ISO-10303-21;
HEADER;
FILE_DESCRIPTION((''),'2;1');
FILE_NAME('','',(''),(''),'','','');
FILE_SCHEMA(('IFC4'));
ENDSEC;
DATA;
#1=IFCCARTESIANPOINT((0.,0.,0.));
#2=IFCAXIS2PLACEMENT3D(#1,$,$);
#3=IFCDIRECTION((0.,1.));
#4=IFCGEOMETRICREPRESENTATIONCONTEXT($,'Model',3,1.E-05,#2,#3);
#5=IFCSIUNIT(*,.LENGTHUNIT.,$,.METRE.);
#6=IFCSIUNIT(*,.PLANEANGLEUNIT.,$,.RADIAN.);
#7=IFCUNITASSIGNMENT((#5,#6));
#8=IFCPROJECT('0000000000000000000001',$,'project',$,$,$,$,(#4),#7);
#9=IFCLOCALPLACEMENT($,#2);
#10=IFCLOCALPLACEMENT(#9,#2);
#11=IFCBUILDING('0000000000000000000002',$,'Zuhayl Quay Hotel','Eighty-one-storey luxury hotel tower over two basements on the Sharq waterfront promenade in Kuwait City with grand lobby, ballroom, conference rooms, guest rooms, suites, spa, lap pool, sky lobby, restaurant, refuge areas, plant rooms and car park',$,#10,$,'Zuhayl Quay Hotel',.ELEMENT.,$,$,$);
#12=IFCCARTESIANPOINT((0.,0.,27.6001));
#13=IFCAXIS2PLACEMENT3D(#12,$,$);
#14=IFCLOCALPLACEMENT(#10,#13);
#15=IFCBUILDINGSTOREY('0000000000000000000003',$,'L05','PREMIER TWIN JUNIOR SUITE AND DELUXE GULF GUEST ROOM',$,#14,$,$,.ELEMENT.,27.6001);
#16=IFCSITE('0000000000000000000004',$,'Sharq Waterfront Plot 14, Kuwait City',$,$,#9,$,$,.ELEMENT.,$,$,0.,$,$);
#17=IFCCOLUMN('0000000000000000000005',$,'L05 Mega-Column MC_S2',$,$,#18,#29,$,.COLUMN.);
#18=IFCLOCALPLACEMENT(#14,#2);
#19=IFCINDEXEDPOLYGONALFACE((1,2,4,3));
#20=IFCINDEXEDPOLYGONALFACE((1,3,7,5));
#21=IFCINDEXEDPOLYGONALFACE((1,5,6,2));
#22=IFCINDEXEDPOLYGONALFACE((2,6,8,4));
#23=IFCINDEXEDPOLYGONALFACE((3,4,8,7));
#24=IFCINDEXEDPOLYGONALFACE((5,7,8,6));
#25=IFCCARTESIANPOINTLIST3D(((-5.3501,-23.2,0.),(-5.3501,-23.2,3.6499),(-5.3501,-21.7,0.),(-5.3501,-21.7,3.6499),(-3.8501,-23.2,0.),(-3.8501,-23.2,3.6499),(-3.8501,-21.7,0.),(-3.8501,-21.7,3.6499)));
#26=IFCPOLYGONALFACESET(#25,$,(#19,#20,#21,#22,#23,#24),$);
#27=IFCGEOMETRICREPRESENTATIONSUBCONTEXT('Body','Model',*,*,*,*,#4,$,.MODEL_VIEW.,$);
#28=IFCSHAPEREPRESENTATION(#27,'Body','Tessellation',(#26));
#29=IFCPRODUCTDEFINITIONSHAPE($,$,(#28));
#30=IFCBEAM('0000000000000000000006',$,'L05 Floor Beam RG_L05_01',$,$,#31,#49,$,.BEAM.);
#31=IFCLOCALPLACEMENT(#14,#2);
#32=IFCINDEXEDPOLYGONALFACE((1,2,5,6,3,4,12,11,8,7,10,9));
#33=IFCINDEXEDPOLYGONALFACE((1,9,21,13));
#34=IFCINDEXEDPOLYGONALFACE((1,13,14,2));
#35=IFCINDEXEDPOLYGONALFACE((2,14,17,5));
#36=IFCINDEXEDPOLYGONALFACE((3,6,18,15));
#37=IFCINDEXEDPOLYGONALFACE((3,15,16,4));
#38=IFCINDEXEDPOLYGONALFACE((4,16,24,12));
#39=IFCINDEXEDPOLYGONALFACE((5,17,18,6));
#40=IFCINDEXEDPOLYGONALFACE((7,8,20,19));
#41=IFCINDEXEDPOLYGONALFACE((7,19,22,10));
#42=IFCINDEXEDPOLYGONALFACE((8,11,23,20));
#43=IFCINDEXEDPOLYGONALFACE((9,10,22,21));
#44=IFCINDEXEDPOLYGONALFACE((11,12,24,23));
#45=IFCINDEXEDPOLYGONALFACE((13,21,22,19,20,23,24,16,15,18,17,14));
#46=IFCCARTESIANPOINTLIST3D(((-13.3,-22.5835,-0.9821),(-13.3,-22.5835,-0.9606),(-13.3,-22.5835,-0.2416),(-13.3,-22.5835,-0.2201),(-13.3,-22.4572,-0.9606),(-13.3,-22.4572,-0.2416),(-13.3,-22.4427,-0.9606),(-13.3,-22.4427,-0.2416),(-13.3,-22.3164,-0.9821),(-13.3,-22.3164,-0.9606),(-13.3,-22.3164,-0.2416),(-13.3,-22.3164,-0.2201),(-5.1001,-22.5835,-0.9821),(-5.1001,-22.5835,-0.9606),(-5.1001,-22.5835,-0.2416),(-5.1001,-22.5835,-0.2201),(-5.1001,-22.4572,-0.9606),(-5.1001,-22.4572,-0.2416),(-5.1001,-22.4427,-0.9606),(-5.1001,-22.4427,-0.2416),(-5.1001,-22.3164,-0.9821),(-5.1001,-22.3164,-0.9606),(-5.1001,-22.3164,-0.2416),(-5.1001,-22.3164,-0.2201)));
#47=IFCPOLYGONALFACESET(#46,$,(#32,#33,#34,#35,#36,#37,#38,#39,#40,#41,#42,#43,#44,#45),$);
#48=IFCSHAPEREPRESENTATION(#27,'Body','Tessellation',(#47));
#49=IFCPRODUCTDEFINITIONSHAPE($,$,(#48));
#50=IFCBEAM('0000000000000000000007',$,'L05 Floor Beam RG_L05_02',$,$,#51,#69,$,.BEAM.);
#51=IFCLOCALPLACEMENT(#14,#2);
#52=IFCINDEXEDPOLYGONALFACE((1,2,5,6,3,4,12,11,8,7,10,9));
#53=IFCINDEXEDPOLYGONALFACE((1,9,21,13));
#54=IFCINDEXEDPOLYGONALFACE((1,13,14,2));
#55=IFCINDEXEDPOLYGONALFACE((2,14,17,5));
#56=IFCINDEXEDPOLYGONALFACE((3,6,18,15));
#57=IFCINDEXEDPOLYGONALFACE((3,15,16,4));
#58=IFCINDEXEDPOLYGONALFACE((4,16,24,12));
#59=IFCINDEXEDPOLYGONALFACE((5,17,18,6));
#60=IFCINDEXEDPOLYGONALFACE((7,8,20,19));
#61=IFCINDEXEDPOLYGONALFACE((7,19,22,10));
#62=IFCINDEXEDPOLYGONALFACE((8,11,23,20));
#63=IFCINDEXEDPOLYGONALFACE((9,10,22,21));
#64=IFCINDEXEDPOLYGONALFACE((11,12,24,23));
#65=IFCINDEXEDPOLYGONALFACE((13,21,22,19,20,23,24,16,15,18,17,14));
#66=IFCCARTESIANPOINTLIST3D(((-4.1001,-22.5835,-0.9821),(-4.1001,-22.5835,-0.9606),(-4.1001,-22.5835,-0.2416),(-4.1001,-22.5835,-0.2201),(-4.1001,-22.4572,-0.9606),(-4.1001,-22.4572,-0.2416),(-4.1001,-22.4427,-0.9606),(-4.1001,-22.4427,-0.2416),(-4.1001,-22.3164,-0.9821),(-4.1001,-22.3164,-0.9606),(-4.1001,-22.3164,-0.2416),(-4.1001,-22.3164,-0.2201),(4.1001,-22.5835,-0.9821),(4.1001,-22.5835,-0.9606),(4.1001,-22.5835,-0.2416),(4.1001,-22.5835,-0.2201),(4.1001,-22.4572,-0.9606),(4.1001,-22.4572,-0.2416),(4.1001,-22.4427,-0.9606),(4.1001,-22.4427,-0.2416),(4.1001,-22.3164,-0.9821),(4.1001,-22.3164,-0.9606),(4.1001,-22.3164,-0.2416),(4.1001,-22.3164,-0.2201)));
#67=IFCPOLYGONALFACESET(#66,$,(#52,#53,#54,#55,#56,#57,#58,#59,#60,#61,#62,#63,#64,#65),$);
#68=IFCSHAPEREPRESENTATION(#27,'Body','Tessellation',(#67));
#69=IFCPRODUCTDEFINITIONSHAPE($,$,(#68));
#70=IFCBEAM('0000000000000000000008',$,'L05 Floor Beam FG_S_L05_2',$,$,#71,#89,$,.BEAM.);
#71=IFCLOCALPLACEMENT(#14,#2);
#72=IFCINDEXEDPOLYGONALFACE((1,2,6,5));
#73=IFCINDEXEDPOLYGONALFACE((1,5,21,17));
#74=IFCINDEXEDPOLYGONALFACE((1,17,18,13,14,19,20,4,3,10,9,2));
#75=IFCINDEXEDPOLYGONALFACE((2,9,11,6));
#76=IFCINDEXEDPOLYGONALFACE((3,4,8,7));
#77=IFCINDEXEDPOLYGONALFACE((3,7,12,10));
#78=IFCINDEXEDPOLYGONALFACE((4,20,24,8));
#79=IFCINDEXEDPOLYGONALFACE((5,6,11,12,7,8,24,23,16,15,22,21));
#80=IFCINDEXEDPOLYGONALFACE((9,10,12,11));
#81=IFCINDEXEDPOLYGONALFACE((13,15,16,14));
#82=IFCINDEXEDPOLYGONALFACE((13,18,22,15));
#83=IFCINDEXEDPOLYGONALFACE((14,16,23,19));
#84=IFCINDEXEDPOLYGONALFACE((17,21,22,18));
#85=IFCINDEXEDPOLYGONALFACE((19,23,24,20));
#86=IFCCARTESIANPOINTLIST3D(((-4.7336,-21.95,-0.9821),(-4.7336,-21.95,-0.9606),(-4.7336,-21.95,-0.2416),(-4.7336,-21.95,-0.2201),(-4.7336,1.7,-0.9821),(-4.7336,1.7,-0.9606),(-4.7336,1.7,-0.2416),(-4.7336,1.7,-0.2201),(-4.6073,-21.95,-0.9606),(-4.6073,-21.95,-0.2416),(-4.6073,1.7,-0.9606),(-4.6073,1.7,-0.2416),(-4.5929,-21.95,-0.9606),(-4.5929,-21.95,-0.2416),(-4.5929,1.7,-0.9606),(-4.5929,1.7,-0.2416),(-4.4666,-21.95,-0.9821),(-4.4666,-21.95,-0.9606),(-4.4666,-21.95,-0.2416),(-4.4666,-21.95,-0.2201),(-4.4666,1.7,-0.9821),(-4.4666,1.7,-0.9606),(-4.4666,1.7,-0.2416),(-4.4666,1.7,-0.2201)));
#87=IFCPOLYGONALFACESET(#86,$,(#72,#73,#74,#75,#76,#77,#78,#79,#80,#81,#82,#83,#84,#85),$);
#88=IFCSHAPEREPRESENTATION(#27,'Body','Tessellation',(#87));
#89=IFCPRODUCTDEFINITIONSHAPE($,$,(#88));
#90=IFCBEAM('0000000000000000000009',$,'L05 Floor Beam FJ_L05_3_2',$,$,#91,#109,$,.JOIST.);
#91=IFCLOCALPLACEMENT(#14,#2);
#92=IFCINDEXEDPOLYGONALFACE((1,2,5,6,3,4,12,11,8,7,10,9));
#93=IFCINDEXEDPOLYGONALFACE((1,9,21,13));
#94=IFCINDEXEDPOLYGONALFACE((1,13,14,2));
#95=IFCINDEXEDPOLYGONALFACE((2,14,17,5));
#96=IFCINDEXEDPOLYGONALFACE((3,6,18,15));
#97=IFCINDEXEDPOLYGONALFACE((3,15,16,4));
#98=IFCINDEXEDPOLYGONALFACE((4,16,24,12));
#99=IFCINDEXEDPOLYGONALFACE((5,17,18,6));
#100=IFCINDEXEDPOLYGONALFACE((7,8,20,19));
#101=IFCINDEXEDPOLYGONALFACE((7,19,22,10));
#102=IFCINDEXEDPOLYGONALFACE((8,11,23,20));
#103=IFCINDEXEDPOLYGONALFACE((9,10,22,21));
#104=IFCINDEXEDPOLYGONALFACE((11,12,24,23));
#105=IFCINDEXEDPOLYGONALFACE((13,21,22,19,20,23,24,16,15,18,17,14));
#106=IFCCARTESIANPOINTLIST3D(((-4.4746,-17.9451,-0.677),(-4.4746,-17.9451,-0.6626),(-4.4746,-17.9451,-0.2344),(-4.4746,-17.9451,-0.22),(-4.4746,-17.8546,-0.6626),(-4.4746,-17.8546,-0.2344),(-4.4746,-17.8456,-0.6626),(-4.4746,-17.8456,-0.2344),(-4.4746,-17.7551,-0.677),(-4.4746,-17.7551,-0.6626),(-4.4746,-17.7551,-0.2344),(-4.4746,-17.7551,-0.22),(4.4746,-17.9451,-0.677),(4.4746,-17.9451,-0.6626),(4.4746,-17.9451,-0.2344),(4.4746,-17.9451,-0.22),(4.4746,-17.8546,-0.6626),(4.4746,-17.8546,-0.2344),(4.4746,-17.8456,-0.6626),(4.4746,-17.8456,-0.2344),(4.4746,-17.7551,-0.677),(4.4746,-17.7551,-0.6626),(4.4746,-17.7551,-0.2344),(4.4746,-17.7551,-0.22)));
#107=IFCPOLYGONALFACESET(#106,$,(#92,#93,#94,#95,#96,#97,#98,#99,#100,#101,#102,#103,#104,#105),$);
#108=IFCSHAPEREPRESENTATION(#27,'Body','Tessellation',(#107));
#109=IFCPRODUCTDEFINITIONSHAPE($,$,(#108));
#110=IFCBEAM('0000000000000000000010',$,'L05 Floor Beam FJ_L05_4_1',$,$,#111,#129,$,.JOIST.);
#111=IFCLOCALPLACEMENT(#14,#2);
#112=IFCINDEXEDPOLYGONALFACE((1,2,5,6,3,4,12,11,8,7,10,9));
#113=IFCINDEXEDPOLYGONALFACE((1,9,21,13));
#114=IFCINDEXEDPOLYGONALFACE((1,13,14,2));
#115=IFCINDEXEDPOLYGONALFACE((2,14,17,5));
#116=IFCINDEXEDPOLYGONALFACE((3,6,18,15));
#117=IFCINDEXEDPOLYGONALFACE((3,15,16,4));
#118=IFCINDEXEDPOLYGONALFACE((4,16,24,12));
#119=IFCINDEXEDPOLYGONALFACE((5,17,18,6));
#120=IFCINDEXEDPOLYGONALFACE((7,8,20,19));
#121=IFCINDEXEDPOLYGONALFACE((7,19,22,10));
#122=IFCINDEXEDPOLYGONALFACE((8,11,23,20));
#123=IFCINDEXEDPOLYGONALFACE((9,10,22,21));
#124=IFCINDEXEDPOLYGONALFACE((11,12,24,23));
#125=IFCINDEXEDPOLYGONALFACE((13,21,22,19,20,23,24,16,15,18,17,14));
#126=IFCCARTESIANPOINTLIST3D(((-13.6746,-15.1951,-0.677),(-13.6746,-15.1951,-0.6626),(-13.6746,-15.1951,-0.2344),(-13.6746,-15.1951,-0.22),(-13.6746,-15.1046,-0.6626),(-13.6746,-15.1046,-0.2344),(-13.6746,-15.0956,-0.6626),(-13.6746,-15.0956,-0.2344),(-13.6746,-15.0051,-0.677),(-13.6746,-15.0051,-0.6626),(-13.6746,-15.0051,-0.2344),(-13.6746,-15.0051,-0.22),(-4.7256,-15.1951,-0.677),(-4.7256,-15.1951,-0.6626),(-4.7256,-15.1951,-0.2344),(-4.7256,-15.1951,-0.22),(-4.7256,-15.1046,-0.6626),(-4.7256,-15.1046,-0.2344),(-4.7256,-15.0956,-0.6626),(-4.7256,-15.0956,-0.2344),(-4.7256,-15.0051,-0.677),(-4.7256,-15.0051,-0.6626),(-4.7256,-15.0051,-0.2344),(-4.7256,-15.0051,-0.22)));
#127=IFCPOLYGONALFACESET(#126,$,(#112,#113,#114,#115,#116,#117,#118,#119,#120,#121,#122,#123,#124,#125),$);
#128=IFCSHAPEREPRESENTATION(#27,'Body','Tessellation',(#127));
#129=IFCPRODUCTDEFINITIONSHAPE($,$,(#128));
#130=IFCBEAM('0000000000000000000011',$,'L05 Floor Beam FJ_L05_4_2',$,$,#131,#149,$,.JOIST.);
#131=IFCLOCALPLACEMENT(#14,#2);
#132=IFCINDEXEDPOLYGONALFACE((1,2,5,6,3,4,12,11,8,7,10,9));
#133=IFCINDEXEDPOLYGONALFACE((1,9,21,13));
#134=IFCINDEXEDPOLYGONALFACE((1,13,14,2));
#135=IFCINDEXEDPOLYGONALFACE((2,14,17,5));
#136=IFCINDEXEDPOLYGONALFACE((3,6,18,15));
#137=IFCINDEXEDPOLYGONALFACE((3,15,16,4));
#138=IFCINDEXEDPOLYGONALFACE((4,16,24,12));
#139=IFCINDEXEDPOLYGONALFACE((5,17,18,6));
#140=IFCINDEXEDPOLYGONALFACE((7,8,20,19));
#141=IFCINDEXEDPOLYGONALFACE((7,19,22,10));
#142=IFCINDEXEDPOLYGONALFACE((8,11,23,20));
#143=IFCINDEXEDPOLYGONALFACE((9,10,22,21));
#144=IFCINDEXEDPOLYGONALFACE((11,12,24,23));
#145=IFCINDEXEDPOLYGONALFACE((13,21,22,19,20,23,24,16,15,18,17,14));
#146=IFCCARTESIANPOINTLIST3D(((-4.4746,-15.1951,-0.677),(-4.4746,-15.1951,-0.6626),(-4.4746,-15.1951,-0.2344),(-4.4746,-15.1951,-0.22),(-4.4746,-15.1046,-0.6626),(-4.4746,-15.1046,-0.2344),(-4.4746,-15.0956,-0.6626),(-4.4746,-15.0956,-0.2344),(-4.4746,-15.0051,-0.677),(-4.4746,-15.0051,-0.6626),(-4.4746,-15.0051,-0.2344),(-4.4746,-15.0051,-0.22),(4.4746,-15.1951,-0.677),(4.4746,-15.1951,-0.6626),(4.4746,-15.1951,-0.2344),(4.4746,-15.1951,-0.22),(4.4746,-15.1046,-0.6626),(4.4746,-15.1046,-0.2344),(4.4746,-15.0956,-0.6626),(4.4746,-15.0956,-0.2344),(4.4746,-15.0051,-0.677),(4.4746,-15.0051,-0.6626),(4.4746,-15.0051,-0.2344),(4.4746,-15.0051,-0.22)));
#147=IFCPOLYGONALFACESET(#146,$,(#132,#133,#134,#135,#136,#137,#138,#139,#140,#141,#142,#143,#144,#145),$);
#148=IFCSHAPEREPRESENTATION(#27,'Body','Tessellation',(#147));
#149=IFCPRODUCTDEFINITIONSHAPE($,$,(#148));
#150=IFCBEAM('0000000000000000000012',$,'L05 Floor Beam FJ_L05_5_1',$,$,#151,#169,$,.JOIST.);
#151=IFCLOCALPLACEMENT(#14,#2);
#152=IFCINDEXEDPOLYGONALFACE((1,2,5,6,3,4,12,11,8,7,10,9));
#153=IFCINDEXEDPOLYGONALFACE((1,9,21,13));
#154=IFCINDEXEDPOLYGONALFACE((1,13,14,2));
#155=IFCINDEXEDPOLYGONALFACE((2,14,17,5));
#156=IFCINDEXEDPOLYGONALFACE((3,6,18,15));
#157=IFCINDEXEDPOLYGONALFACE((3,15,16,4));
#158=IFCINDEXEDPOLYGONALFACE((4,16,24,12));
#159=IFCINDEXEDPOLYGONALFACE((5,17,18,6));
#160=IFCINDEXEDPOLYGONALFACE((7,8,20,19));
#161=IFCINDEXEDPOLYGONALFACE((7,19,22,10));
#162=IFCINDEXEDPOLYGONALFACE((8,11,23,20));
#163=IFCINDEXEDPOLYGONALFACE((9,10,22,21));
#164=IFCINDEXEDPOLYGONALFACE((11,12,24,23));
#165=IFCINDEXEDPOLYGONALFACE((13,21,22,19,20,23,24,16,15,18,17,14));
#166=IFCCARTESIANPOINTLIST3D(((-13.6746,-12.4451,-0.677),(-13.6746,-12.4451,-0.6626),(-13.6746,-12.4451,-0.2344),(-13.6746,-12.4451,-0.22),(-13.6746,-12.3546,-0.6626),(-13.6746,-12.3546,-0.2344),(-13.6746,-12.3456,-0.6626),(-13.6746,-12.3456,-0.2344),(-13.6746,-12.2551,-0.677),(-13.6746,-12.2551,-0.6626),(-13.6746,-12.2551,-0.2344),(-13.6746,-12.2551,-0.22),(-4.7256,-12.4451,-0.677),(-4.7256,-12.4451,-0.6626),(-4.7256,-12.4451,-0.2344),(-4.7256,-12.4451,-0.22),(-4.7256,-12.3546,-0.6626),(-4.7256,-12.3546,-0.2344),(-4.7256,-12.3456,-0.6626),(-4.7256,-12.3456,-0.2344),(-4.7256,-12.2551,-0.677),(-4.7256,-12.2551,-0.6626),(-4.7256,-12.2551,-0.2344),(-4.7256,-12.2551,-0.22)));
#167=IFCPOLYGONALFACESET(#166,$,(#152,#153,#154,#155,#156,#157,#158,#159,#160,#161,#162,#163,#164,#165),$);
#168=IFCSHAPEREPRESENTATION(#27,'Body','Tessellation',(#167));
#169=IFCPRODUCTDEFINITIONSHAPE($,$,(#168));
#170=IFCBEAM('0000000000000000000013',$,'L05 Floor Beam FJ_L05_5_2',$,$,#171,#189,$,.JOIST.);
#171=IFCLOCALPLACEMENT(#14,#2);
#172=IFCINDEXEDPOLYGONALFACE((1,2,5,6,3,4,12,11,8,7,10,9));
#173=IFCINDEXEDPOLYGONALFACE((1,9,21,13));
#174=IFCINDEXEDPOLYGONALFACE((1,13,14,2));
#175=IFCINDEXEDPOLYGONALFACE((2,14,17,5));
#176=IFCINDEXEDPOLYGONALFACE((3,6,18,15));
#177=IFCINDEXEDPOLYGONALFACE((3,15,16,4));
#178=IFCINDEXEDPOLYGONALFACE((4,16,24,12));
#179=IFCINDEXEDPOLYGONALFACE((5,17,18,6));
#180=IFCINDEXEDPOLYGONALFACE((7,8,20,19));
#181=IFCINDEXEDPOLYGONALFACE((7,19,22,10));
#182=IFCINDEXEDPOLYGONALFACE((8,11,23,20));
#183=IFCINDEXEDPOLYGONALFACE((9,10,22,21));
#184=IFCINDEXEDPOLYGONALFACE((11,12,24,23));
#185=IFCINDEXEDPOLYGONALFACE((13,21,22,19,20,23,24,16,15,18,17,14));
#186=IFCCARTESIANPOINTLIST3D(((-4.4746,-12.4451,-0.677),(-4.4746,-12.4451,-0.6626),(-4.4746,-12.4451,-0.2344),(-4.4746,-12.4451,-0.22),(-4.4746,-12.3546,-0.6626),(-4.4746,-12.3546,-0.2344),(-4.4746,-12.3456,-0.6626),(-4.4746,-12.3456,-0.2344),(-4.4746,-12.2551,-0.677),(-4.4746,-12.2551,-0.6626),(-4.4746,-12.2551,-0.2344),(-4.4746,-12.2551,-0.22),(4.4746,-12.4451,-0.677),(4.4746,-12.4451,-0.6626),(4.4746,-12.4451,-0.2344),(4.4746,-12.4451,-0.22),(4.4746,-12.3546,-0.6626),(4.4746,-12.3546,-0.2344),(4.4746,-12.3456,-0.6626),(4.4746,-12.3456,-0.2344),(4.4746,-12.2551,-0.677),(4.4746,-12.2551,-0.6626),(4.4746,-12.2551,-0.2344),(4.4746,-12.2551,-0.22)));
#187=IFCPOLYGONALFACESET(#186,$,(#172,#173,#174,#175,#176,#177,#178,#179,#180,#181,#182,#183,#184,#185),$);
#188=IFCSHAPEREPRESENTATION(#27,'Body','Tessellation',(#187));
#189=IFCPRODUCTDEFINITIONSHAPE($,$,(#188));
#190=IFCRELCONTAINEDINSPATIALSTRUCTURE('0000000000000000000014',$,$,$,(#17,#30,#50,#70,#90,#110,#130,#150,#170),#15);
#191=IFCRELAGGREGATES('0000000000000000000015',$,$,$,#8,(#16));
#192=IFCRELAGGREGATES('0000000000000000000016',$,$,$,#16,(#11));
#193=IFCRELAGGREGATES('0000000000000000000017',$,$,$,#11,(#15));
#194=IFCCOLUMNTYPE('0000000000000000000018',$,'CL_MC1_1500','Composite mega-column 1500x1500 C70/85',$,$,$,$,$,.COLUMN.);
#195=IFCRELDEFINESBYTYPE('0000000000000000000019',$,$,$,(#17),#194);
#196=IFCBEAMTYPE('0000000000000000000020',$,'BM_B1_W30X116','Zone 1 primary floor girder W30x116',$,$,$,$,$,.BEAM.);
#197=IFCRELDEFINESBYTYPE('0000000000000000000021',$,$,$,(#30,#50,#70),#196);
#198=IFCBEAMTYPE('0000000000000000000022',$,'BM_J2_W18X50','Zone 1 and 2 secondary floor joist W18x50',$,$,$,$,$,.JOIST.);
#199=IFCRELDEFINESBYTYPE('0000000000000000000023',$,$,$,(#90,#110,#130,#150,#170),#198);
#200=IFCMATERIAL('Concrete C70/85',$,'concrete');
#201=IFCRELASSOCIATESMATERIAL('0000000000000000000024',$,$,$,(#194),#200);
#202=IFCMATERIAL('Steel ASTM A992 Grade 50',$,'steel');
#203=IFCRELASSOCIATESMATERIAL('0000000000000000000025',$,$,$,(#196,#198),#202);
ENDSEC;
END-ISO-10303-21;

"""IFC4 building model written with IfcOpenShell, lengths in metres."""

from ifc_helpers import new_model, si_unit, direction, frame, origin, origin_2d, place, context, subcontext, project, spatial, rectangle, i_section, extrude, material, material_profile, profile_set, type_object, element, save


model = new_model("IFC4")

# Units and contexts
model_context = context("Model", 3, precision=1e-05, world=origin(), true_north=direction((0.0, 1.0)))
body_context = subcontext(model_context, "Body", "Model", "MODEL_VIEW")
ifc_project = project(units=[si_unit("LENGTHUNIT", "METRE"), si_unit("PLANEANGLEUNIT", "RADIAN")], contexts=[model_context])

# Site, building, storey
site_placement = place(None, origin())
site = spatial("IfcSite", under=ifc_project, at=site_placement, Name="Sharq Waterfront Plot 14, Kuwait City", CompositionType="ELEMENT", RefElevation=0.0)
building_placement = place(site_placement, origin())
building = spatial("IfcBuilding", under=site, at=building_placement, Name="Zuhayl Quay Hotel", Description="Eighty-one-storey luxury hotel tower over two basements on the Sharq waterfront promenade in Kuwait City with grand lobby, ballroom, conference rooms, guest rooms, suites, spa, lap pool, sky lobby, restaurant, refuge areas, plant rooms and car park", LongName="Zuhayl Quay Hotel", CompositionType="ELEMENT")
storey_placement = place(building_placement, frame((0.0, 0.0, 27.6001)))
storey = spatial("IfcBuildingStorey", under=building, at=storey_placement, Name="L05", Description="PREMIER TWIN JUNIOR SUITE AND DELUXE GULF GUEST ROOM", CompositionType="ELEMENT", Elevation=27.6001)

# Column
ifc_material_1 = material(Name="Concrete C70/85", Category="concrete")
ifc_material_profile_1 = material_profile(ifc_material_1, rectangle(XDim=1.5, YDim=1.5, at=origin_2d()), Name="RC1500X1500")
ifc_profile_set_1 = profile_set([ifc_material_profile_1], Name="Concrete C70/85")
column_type = type_object("IfcColumnType", Name="CL_MC1_1500", Description="Composite mega-column 1500x1500 C70/85", PredefinedType="COLUMN", material=ifc_profile_set_1)
column_placement = place(storey_placement, frame((-4.6001, -22.45, 0.0), z_axis=(0.0, 0.0, 1.0), x_axis=(1.0, 0.0, 0.0)))
element("IfcColumn", 1, at=column_placement, inside=storey, type_object=column_type, Name="L05 Mega-Column MC_S2", PredefinedType="COLUMN", context=body_context, shape_type="SweptSolid", body=[
    extrude(rectangle(XDim=1.5, YDim=1.5, at=origin_2d()), origin(), (0.0, 0.0, 1.0), 3.6499),
])

# Beams
ifc_material_2 = material(Name="Steel ASTM A992 Grade 50", Category="steel")
ifc_material_profile_2 = material_profile(ifc_material_2, i_section(OverallWidth=0.2671, OverallDepth=0.762, WebThickness=0.0144, FlangeThickness=0.0215, at=origin_2d()), Name="W30X116")
ifc_profile_set_2 = profile_set([ifc_material_profile_2], Name="Steel ASTM A992 Grade 50")
beam_type_1 = type_object("IfcBeamType", Name="BM_B1_W30X116", Description="Zone 1 primary floor girder W30x116", PredefinedType="BEAM", material=ifc_profile_set_2)
beam_1_placement = place(storey_placement, frame((-13.3, -22.45, -0.6011), z_axis=(1.0, 0.0, 0.0), x_axis=(0.0, 1.0, 0.0)))
element("IfcBeam", 2, at=beam_1_placement, inside=storey, type_object=beam_type_1, Name="L05 Floor Beam RG_L05_01", PredefinedType="BEAM", context=body_context, shape_type="SweptSolid", body=[
    extrude(i_section(OverallWidth=0.2671, OverallDepth=0.762, WebThickness=0.0144, FlangeThickness=0.0215, at=origin_2d()), origin(), (0.0, 0.0, 1.0), 8.2),
])
beam_2_placement = place(storey_placement, frame((-4.1001, -22.45, -0.6011), z_axis=(1.0, 0.0, 0.0), x_axis=(0.0, 1.0, 0.0)))
element("IfcBeam", 3, at=beam_2_placement, inside=storey, type_object=beam_type_1, Name="L05 Floor Beam RG_L05_02", PredefinedType="BEAM", context=body_context, shape_type="SweptSolid", body=[
    extrude(i_section(OverallWidth=0.2671, OverallDepth=0.762, WebThickness=0.0144, FlangeThickness=0.0215, at=origin_2d()), origin(), (0.0, 0.0, 1.0), 8.2002),
])
beam_3_placement = place(storey_placement, frame((-4.6001, -21.95, -0.6011), z_axis=(0.0, 1.0, 0.0), x_axis=(-1.0, 0.0, 0.0)))
element("IfcBeam", 4, at=beam_3_placement, inside=storey, type_object=beam_type_1, Name="L05 Floor Beam FG_S_L05_2", PredefinedType="BEAM", context=body_context, shape_type="SweptSolid", body=[
    extrude(i_section(OverallWidth=0.2671, OverallDepth=0.762, WebThickness=0.0144, FlangeThickness=0.0215, at=origin_2d()), origin(), (0.0, 0.0, 1.0), 23.6499),
])
ifc_material_profile_3 = material_profile(ifc_material_2, i_section(OverallWidth=0.1899, OverallDepth=0.457, WebThickness=0.009, FlangeThickness=0.0144, at=origin_2d()), Name="W18X50")
ifc_profile_set_3 = profile_set([ifc_material_profile_3], Name="Steel ASTM A992 Grade 50")
beam_type_2 = type_object("IfcBeamType", Name="BM_J2_W18X50", Description="Zone 1 and 2 secondary floor joist W18x50", PredefinedType="JOIST", material=ifc_profile_set_3)
beam_4_placement = place(storey_placement, frame((-4.4746, -17.8501, -0.4485), z_axis=(1.0, 0.0, 0.0), x_axis=(0.0, 1.0, 0.0)))
element("IfcBeam", 5, at=beam_4_placement, inside=storey, type_object=beam_type_2, Name="L05 Floor Beam FJ_L05_3_2", PredefinedType="JOIST", context=body_context, shape_type="SweptSolid", body=[
    extrude(i_section(OverallWidth=0.1899, OverallDepth=0.457, WebThickness=0.009, FlangeThickness=0.0144, at=origin_2d()), origin(), (0.0, 0.0, 1.0), 8.9492),
])
beam_5_placement = place(storey_placement, frame((-13.6746, -15.1001, -0.4485), z_axis=(1.0, 0.0, 0.0), x_axis=(0.0, 1.0, 0.0)))
element("IfcBeam", 6, at=beam_5_placement, inside=storey, type_object=beam_type_2, Name="L05 Floor Beam FJ_L05_4_1", PredefinedType="JOIST", context=body_context, shape_type="SweptSolid", body=[
    extrude(i_section(OverallWidth=0.1899, OverallDepth=0.457, WebThickness=0.009, FlangeThickness=0.0144, at=origin_2d()), origin(), (0.0, 0.0, 1.0), 8.949),
])
beam_6_placement = place(storey_placement, frame((-4.4746, -15.1001, -0.4485), z_axis=(1.0, 0.0, 0.0), x_axis=(0.0, 1.0, 0.0)))
element("IfcBeam", 7, at=beam_6_placement, inside=storey, type_object=beam_type_2, Name="L05 Floor Beam FJ_L05_4_2", PredefinedType="JOIST", context=body_context, shape_type="SweptSolid", body=[
    extrude(i_section(OverallWidth=0.1899, OverallDepth=0.457, WebThickness=0.009, FlangeThickness=0.0144, at=origin_2d()), origin(), (0.0, 0.0, 1.0), 8.9492),
])
beam_7_placement = place(storey_placement, frame((-13.6746, -12.3501, -0.4485), z_axis=(1.0, 0.0, 0.0), x_axis=(0.0, 1.0, 0.0)))
element("IfcBeam", 8, at=beam_7_placement, inside=storey, type_object=beam_type_2, Name="L05 Floor Beam FJ_L05_5_1", PredefinedType="JOIST", context=body_context, shape_type="SweptSolid", body=[
    extrude(i_section(OverallWidth=0.1899, OverallDepth=0.457, WebThickness=0.009, FlangeThickness=0.0144, at=origin_2d()), origin(), (0.0, 0.0, 1.0), 8.949),
])
beam_8_placement = place(storey_placement, frame((-4.4746, -12.3501, -0.4485), z_axis=(1.0, 0.0, 0.0), x_axis=(0.0, 1.0, 0.0)))
element("IfcBeam", 9, at=beam_8_placement, inside=storey, type_object=beam_type_2, Name="L05 Floor Beam FJ_L05_5_2", PredefinedType="JOIST", context=body_context, shape_type="SweptSolid", body=[
    extrude(i_section(OverallWidth=0.1899, OverallDepth=0.457, WebThickness=0.009, FlangeThickness=0.0144, at=origin_2d()), origin(), (0.0, 0.0, 1.0), 8.9492),
])

save(model, "model.ifc")
